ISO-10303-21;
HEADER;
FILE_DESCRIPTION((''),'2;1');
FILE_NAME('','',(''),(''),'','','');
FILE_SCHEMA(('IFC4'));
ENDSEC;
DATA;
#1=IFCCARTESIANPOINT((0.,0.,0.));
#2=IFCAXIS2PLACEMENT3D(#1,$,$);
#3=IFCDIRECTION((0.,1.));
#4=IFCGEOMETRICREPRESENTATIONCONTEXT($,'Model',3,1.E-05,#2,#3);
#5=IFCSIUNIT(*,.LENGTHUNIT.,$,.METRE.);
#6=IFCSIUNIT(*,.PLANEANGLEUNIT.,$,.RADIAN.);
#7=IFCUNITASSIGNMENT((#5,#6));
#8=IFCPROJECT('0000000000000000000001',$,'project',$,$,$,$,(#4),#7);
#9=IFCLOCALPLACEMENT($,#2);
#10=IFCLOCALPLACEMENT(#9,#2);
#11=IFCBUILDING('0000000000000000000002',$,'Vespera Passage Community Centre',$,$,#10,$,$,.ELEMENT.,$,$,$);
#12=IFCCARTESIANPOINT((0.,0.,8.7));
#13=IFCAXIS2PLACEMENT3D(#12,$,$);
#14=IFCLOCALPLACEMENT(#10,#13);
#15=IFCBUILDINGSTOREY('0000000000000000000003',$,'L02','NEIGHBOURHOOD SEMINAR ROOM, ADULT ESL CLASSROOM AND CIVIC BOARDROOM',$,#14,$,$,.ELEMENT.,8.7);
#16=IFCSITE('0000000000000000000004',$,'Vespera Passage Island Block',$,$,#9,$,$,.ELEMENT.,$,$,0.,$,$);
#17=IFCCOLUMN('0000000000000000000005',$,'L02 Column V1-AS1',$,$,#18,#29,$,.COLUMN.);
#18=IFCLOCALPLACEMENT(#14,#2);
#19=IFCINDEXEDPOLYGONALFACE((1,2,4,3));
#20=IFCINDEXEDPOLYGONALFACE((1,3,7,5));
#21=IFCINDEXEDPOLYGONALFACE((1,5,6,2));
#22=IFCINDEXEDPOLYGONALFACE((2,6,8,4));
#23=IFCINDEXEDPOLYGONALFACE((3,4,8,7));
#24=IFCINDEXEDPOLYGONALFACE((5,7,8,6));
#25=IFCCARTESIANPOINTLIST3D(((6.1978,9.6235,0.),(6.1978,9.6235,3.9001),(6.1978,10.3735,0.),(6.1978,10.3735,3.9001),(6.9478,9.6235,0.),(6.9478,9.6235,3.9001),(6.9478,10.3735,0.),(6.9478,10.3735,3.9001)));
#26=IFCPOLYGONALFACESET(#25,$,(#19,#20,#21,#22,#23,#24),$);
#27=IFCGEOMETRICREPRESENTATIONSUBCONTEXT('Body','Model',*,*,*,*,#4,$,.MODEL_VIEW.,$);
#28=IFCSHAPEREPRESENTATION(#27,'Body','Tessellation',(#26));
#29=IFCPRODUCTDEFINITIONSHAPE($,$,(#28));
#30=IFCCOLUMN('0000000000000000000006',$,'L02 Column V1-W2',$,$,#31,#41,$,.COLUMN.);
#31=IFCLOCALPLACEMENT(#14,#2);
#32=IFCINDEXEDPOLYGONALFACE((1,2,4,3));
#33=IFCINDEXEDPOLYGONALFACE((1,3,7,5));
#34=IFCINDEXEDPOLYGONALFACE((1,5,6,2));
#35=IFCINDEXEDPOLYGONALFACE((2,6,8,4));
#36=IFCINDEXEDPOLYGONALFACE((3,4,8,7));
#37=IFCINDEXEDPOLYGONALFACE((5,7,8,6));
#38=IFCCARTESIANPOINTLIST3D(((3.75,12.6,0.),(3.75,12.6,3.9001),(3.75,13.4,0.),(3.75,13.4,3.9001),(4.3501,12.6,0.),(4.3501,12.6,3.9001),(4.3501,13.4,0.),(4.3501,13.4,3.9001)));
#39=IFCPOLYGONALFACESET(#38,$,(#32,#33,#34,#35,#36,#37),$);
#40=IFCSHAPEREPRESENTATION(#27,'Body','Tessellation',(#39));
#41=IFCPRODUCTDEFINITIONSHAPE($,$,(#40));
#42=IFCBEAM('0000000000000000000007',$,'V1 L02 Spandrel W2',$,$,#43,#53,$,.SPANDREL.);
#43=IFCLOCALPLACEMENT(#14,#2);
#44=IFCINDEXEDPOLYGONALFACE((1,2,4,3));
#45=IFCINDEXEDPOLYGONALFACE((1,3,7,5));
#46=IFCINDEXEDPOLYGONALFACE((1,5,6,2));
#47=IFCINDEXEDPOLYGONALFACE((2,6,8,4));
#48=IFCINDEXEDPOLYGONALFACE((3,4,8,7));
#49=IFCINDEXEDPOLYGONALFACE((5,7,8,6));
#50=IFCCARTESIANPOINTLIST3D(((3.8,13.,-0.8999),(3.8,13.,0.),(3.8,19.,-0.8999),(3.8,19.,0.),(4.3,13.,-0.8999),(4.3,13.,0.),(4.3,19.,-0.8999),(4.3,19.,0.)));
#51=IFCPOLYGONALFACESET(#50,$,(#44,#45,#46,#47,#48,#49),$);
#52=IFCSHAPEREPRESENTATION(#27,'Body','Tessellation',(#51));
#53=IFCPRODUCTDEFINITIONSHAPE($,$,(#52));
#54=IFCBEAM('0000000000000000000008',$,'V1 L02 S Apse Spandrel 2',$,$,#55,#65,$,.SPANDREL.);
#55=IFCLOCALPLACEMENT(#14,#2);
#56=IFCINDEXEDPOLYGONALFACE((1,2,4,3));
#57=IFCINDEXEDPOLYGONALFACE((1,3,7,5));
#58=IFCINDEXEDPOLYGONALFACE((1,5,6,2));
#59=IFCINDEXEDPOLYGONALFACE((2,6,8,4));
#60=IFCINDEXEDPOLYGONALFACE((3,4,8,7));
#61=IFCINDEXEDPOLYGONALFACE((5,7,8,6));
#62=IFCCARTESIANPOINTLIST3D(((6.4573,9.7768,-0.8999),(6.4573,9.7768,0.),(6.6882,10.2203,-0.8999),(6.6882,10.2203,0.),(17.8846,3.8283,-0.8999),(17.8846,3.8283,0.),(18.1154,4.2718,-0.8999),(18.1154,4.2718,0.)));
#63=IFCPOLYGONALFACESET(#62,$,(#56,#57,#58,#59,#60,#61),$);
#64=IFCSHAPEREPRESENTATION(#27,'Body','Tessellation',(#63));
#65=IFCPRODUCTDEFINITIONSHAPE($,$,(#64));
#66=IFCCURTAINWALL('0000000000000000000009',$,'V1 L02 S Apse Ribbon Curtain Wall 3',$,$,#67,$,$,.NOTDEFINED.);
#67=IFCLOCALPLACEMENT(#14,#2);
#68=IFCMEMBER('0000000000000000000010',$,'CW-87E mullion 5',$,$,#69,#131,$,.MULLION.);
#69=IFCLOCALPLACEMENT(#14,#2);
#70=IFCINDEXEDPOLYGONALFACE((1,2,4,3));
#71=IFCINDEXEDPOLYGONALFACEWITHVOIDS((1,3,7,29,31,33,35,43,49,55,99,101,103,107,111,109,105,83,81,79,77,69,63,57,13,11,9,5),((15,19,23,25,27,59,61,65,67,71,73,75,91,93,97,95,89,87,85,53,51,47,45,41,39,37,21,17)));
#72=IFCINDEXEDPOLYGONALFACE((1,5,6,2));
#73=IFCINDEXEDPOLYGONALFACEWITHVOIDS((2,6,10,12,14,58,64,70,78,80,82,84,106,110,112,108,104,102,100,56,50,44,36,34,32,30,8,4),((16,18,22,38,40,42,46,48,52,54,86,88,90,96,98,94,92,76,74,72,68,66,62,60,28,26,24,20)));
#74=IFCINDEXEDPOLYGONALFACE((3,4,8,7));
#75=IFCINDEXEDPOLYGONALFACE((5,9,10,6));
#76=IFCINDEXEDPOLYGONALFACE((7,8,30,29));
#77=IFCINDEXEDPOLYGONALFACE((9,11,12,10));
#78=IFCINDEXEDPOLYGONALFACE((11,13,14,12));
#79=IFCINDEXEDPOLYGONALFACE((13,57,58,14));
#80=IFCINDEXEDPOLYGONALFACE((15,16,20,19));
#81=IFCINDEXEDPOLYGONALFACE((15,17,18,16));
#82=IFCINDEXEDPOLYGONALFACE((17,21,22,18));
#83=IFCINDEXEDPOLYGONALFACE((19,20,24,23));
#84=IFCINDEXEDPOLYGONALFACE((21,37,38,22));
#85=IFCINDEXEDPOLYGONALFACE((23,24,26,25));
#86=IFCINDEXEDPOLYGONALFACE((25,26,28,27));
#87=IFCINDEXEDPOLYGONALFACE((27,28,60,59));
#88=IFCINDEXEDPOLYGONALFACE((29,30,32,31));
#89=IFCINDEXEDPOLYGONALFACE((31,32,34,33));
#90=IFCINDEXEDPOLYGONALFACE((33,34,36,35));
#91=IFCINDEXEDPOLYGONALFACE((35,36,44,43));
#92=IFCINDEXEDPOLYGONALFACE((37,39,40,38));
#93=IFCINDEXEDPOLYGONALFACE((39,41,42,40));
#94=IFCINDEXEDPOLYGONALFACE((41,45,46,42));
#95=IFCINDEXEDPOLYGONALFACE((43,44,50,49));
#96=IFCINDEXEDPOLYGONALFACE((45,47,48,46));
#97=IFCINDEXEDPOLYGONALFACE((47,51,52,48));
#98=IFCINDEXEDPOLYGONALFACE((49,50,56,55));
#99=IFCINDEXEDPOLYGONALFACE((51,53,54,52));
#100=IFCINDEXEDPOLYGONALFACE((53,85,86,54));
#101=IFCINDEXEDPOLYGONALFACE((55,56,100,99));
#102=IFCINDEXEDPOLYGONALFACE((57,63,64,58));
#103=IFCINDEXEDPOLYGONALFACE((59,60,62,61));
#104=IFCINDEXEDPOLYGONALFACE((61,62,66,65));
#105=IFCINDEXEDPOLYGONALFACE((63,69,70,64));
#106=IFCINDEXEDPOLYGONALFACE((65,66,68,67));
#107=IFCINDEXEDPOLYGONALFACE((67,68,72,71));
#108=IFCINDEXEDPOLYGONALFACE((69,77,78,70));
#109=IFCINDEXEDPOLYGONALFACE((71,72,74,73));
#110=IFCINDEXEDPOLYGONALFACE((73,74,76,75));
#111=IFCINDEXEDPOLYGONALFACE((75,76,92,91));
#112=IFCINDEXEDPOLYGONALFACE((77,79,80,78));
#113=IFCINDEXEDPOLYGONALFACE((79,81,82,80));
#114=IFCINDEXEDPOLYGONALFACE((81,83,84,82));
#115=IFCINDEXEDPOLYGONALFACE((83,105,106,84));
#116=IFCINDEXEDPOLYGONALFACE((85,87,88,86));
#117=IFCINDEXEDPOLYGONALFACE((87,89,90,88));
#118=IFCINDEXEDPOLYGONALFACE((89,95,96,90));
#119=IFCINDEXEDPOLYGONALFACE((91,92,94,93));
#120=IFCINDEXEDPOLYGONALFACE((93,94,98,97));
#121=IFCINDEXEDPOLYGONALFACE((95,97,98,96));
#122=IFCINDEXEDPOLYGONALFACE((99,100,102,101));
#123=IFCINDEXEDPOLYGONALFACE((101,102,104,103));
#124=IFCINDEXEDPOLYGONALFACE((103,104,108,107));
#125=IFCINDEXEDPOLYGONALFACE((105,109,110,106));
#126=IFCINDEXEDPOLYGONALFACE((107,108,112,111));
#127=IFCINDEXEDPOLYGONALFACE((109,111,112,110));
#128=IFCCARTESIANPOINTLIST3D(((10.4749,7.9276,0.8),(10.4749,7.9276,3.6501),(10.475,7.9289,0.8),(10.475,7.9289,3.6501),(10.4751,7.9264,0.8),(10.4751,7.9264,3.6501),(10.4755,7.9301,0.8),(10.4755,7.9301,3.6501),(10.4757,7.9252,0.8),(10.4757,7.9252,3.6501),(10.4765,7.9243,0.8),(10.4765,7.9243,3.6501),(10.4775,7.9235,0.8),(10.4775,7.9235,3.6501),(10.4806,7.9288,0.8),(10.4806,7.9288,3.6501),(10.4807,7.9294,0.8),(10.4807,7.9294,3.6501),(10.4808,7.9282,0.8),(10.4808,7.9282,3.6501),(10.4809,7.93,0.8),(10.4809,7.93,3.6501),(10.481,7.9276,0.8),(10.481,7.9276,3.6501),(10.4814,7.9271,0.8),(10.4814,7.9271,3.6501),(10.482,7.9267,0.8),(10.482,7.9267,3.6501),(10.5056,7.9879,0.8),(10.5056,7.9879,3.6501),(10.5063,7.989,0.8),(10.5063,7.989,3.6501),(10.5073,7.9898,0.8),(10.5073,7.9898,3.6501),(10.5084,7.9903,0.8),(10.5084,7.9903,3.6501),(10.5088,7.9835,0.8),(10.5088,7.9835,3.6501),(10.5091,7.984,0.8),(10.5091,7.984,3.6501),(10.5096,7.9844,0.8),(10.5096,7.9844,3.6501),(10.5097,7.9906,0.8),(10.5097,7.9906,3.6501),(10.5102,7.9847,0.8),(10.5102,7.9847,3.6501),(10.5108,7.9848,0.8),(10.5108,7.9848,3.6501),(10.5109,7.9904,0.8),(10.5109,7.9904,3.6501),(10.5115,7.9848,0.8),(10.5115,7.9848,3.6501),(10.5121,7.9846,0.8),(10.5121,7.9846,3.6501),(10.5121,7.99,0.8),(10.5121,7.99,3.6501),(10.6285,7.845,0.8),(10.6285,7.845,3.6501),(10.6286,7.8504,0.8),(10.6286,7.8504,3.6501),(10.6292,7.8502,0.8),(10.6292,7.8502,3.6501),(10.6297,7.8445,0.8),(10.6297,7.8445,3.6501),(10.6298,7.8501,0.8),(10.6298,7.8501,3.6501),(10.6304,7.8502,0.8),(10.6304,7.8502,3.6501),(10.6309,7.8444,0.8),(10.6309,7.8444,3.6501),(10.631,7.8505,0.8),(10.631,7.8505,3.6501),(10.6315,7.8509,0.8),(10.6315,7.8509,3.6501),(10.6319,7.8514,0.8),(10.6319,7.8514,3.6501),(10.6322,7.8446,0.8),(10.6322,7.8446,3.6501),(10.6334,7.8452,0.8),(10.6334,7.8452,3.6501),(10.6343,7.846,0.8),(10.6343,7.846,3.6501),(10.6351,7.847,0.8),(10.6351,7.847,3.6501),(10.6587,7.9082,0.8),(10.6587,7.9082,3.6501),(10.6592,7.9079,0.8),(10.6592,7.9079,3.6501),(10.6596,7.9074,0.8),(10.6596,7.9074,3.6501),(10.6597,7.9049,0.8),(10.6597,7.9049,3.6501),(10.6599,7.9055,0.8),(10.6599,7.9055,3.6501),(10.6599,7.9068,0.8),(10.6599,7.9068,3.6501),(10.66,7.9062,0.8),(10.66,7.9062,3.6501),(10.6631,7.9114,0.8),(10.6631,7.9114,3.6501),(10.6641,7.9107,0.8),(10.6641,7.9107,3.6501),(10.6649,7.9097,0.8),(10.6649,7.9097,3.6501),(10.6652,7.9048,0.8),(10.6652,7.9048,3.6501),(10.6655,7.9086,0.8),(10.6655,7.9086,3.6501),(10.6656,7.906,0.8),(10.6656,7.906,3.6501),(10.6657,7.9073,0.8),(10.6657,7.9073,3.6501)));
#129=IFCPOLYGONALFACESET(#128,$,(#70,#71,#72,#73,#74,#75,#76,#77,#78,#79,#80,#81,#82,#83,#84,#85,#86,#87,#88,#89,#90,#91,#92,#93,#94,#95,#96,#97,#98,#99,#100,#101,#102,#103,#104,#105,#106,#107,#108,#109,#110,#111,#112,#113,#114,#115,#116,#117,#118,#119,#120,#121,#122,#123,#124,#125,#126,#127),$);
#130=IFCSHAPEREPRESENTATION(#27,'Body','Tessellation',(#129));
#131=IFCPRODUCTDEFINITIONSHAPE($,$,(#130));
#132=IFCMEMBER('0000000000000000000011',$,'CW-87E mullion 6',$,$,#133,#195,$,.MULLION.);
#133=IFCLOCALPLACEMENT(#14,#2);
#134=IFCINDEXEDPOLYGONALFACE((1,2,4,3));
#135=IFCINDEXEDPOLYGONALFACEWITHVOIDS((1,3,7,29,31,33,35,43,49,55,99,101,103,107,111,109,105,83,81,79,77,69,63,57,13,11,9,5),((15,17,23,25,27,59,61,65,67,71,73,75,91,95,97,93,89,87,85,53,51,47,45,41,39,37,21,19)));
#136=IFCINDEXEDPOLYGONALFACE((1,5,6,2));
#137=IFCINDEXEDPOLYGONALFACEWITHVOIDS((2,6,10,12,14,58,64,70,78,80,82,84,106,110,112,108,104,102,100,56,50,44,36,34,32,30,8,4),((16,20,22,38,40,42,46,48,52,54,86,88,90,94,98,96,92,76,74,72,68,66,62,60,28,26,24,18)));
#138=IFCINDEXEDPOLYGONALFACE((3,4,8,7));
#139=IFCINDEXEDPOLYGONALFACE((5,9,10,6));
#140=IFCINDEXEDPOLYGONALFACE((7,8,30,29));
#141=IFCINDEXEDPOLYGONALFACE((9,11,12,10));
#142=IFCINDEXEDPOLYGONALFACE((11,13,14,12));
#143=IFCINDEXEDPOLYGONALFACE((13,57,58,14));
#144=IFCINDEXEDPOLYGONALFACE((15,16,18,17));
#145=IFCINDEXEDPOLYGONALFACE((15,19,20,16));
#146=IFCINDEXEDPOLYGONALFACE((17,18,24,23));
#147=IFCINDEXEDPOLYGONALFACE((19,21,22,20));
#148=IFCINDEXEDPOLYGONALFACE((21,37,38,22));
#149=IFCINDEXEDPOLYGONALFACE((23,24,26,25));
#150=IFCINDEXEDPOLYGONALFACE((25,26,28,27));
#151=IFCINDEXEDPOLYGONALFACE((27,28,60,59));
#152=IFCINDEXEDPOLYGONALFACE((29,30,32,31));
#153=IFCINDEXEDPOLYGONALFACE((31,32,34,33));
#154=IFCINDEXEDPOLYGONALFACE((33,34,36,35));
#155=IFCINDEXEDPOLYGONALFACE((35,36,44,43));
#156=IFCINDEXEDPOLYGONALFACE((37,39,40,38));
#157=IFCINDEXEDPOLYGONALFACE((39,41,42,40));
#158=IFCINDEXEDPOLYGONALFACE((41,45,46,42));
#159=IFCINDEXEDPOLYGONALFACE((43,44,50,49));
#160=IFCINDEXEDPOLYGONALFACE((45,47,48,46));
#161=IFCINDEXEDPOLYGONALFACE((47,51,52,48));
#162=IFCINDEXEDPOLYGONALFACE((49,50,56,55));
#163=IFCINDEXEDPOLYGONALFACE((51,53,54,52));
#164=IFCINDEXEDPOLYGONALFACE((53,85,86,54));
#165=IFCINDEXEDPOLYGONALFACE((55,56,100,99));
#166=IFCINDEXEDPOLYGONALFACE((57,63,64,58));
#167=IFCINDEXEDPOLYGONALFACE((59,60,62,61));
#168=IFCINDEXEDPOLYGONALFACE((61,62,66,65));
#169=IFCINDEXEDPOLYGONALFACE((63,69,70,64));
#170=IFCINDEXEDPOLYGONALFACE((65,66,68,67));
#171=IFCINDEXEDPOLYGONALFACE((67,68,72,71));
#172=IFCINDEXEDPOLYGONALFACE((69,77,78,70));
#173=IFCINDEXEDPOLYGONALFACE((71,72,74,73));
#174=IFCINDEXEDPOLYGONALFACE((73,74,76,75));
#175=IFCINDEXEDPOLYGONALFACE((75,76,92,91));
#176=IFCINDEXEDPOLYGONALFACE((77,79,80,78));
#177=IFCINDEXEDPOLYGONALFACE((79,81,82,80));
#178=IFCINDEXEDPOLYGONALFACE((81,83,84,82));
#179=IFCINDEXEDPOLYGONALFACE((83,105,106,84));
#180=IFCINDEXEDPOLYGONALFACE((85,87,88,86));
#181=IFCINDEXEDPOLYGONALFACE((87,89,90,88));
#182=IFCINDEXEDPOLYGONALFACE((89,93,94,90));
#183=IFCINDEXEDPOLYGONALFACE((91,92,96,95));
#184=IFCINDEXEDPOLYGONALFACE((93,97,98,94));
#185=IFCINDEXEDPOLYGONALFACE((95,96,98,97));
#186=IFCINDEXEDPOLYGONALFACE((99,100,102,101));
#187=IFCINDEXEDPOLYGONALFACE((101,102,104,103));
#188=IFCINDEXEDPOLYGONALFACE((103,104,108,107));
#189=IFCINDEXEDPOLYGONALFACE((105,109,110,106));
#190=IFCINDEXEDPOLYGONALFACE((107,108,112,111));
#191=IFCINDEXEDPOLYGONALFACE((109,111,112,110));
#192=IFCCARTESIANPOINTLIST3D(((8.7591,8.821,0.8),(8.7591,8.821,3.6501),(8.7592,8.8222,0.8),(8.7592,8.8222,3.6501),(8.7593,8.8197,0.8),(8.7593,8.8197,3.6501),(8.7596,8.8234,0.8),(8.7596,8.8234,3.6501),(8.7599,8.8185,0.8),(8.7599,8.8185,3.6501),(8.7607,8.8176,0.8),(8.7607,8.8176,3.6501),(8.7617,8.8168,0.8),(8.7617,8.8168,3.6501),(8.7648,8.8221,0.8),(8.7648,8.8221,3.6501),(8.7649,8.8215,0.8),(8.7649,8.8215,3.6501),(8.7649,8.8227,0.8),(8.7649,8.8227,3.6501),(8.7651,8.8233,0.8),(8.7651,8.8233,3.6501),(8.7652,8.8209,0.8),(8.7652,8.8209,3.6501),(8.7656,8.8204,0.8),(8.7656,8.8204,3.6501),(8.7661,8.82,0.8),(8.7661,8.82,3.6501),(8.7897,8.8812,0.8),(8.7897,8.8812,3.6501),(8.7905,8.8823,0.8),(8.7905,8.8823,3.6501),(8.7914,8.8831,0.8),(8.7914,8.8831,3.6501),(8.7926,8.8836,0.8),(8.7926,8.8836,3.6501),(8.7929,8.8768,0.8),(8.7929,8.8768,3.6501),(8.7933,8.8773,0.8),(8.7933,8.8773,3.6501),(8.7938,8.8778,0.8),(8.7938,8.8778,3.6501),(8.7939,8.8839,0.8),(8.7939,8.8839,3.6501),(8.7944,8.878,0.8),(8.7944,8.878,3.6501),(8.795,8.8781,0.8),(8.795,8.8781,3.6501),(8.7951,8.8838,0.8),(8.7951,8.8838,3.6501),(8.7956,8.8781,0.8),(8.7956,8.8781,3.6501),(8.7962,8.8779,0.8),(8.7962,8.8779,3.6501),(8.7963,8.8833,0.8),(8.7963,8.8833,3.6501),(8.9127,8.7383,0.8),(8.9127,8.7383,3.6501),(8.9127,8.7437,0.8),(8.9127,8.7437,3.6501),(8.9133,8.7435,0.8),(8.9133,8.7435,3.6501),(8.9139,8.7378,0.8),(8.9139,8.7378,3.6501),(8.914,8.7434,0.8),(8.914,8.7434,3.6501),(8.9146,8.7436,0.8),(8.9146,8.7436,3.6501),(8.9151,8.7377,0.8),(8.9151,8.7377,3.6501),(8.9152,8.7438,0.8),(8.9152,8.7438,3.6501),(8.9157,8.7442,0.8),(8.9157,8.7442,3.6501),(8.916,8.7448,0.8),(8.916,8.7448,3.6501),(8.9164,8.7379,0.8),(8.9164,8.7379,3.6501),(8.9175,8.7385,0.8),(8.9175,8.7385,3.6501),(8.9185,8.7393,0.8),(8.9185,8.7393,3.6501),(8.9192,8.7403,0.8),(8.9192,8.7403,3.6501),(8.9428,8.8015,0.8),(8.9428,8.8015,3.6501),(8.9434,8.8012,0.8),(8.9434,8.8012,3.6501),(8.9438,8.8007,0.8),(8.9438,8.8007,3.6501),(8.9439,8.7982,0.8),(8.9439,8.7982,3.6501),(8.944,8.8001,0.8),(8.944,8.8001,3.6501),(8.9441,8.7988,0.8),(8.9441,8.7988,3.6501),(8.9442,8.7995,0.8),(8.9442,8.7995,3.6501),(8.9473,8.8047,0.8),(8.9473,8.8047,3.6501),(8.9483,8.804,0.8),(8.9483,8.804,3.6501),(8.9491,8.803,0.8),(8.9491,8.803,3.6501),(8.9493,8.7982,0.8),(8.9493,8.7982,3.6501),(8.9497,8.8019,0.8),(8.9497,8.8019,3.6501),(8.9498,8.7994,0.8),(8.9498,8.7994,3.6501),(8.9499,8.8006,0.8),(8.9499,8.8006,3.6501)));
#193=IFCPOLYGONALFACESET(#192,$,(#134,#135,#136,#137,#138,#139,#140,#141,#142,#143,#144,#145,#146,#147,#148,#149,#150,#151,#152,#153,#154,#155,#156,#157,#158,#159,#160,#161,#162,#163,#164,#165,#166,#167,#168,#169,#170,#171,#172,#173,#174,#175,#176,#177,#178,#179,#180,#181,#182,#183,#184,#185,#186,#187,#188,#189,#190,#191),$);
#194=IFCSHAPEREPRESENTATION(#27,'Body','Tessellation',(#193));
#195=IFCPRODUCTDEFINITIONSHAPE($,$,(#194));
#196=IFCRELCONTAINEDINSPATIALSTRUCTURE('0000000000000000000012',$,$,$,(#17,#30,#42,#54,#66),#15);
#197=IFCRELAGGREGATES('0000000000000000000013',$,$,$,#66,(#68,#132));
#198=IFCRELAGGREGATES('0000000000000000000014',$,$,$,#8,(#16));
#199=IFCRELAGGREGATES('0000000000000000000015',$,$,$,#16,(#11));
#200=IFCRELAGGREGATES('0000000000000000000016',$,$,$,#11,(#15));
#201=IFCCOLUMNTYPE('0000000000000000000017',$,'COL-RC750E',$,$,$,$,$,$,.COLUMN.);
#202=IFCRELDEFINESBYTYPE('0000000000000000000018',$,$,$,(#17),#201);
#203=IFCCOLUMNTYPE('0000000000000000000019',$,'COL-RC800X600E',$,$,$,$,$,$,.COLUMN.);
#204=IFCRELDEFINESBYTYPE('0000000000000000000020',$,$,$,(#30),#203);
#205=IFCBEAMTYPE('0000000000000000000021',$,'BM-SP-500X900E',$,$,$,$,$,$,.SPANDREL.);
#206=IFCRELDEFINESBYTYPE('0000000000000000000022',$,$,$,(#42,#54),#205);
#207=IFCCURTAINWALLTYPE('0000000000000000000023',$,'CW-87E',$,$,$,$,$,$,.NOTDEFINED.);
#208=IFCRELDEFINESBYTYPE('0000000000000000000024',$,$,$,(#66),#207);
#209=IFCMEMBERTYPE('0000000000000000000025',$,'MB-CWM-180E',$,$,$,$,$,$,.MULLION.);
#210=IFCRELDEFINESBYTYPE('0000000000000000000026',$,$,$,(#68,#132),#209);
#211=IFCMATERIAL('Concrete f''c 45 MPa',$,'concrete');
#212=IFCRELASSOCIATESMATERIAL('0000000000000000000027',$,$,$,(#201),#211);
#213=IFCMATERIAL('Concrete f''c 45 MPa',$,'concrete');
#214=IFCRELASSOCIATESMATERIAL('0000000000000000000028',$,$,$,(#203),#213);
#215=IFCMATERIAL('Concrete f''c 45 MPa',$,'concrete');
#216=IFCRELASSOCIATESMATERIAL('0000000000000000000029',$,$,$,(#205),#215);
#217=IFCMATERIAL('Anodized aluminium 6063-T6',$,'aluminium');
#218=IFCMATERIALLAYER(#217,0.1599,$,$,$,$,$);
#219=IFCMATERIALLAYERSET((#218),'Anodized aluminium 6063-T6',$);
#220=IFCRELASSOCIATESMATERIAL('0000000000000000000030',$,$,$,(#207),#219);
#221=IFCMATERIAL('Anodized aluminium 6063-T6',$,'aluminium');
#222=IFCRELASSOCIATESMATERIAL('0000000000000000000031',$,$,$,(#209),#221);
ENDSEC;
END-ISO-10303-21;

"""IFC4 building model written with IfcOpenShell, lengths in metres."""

from ifc_helpers import new_model, si_unit, direction, frame, origin, origin_2d, place, context, subcontext, project, spatial, rectangle, hollow_rectangle, extrude, material, layer, layer_set, material_profile, profile_set, type_object, element, aggregate, save


model = new_model("IFC4")

# Units and contexts
model_context = context("Model", 3, precision=1e-05, world=origin(), true_north=direction((0.0, 1.0)))
body_context = subcontext(model_context, "Body", "Model", "MODEL_VIEW")
ifc_project = project(units=[si_unit("LENGTHUNIT", "METRE"), si_unit("PLANEANGLEUNIT", "RADIAN")], contexts=[model_context])

# Site, building, storey
site_placement = place(None, origin())
site = spatial("IfcSite", under=ifc_project, at=site_placement, Name="Vespera Passage Island Block", CompositionType="ELEMENT", RefElevation=0.0)
building_placement = place(site_placement, origin())
building = spatial("IfcBuilding", under=site, at=building_placement, Name="Vespera Passage Community Centre", CompositionType="ELEMENT")
storey_placement = place(building_placement, frame((0.0, 0.0, 8.7)))
storey = spatial("IfcBuildingStorey", under=building, at=storey_placement, Name="L02", Description="NEIGHBOURHOOD SEMINAR ROOM, ADULT ESL CLASSROOM AND CIVIC BOARDROOM", CompositionType="ELEMENT", Elevation=8.7)

# Columns
ifc_material_1 = material(Name="Concrete f'c 45 MPa", Category="concrete")
ifc_material_profile_1 = material_profile(ifc_material_1, rectangle(XDim=0.75, YDim=0.75, at=origin_2d()), Name="RC750X750")
ifc_profile_set_1 = profile_set([ifc_material_profile_1], Name="Concrete f'c 45 MPa")
column_type_1 = type_object("IfcColumnType", Name="COL-RC750E", PredefinedType="COLUMN", material=ifc_profile_set_1)
column_1_placement = place(storey_placement, frame((6.5728, 9.9985, 0.0), z_axis=(0.0, 0.0, 1.0), x_axis=(1.0, 0.0, 0.0)))
element("IfcColumn", 1, at=column_1_placement, inside=storey, type_object=column_type_1, Name="L02 Column V1-AS1", PredefinedType="COLUMN", context=body_context, shape_type="SweptSolid", body=[
    extrude(rectangle(XDim=0.75, YDim=0.75, at=origin_2d()), origin(), (0.0, 0.0, 1.0), 3.9001),
])
ifc_material_2 = material(Name="Concrete f'c 45 MPa", Category="concrete")
ifc_material_profile_2 = material_profile(ifc_material_2, rectangle(XDim=0.6001, YDim=0.8, at=origin_2d()), Name="RC800X600")
ifc_profile_set_2 = profile_set([ifc_material_profile_2], Name="Concrete f'c 45 MPa")
column_type_2 = type_object("IfcColumnType", Name="COL-RC800X600E", PredefinedType="COLUMN", material=ifc_profile_set_2)
column_2_placement = place(storey_placement, frame((4.05, 13.0, 0.0), z_axis=(0.0, 0.0, 1.0), x_axis=(1.0, 0.0, 0.0)))
element("IfcColumn", 2, at=column_2_placement, inside=storey, type_object=column_type_2, Name="L02 Column V1-W2", PredefinedType="COLUMN", context=body_context, shape_type="SweptSolid", body=[
    extrude(rectangle(XDim=0.6001, YDim=0.8, at=origin_2d()), origin(), (0.0, 0.0, 1.0), 3.9001),
])

# Beams
ifc_material_3 = material(Name="Concrete f'c 45 MPa", Category="concrete")
ifc_material_profile_3 = material_profile(ifc_material_3, rectangle(XDim=0.5, YDim=0.8999, at=origin_2d()), Name="RC500X900")
ifc_profile_set_3 = profile_set([ifc_material_profile_3], Name="Concrete f'c 45 MPa")
beam_type = type_object("IfcBeamType", Name="BM-SP-500X900E", PredefinedType="SPANDREL", material=ifc_profile_set_3)
beam_1_placement = place(storey_placement, frame((4.05, 13.0, -0.45), z_axis=(0.0, 1.0, 0.0), x_axis=(-1.0, 0.0, 0.0)))
element("IfcBeam", 3, at=beam_1_placement, inside=storey, type_object=beam_type, Name="V1 L02 Spandrel W2", PredefinedType="SPANDREL", context=body_context, shape_type="SweptSolid", body=[
    extrude(rectangle(XDim=0.5, YDim=0.8999, at=origin_2d()), origin(), (0.0, 0.0, 1.0), 6.0),
])
beam_2_placement = place(storey_placement, frame((6.5728, 9.9985, -0.45), z_axis=(0.887016, -0.461739, 0.0), x_axis=(0.461739, 0.887016, 0.0)))
element("IfcBeam", 4, at=beam_2_placement, inside=storey, type_object=beam_type, Name="V1 L02 S Apse Spandrel 2", PredefinedType="SPANDREL", context=body_context, shape_type="SweptSolid", body=[
    extrude(rectangle(XDim=0.5, YDim=0.8999, at=origin_2d()), origin(), (0.0, 0.0, 1.0), 12.8828),
])

# Curtain wall, members
ifc_material_4 = material(Name="Anodized aluminium 6063-T6", Category="aluminium")
ifc_layer_1 = layer(ifc_material_4, 0.1599)
ifc_layer_set_1 = layer_set([ifc_layer_1], Name="Anodized aluminium 6063-T6")
curtain_wall_type_1 = type_object("IfcCurtainWallType", Name="CW-87E", PredefinedType="NOTDEFINED", material=ifc_layer_set_1)
curtain_wall_1_placement = place(storey_placement, origin())
curtain_wall_1 = element("IfcCurtainWall", 5, at=curtain_wall_1_placement, inside=storey, type_object=curtain_wall_type_1, Name="V1 L02 S Apse Ribbon Curtain Wall 3", PredefinedType="NOTDEFINED")
ifc_material_5 = material(Name="Anodized aluminium 6063-T6", Category="aluminium")
ifc_material_profile_4 = material_profile(ifc_material_5, hollow_rectangle(XDim=0.075, YDim=0.1799, WallThickness=0.0049, InnerFilletRadius=0.0024, OuterFilletRadius=0.0049, at=origin_2d()), Name="ALU180X75X5")
ifc_profile_set_4 = profile_set([ifc_material_profile_4], Name="Anodized aluminium 6063-T6")
member_type_1 = type_object("IfcMemberType", Name="MB-CWM-180E", PredefinedType="MULLION", material=ifc_profile_set_4)
member_1_placement = place(storey_placement, frame((10.5703, 7.9175, 0.8), z_axis=(0.0, 0.0, 1.0), x_axis=(-0.461745, -0.887013, 0.0)))
member_1 = element("IfcMember", 6, at=member_1_placement, type_object=member_type_1, Name="CW-87E mullion 5", PredefinedType="MULLION", context=body_context, shape_type="SweptSolid", body=[
    extrude(hollow_rectangle(XDim=0.075, YDim=0.1799, WallThickness=0.0049, InnerFilletRadius=0.0024, OuterFilletRadius=0.0049, at=origin_2d()), origin(), (0.0, 0.0, 1.0), 2.8501),
])
member_2_placement = place(storey_placement, frame((8.8545, 8.8108, 0.8), z_axis=(0.0, 0.0, 1.0), x_axis=(-0.461745, -0.887013, 0.0)))
member_2 = element("IfcMember", 7, at=member_2_placement, type_object=member_type_1, Name="CW-87E mullion 6", PredefinedType="MULLION", context=body_context, shape_type="SweptSolid", body=[
    extrude(hollow_rectangle(XDim=0.075, YDim=0.1799, WallThickness=0.0049, InnerFilletRadius=0.0024, OuterFilletRadius=0.0049, at=origin_2d()), origin(), (0.0, 0.0, 1.0), 2.8501),
])

aggregate(curtain_wall_1, [member_1, member_2])

save(model, "model.ifc")
